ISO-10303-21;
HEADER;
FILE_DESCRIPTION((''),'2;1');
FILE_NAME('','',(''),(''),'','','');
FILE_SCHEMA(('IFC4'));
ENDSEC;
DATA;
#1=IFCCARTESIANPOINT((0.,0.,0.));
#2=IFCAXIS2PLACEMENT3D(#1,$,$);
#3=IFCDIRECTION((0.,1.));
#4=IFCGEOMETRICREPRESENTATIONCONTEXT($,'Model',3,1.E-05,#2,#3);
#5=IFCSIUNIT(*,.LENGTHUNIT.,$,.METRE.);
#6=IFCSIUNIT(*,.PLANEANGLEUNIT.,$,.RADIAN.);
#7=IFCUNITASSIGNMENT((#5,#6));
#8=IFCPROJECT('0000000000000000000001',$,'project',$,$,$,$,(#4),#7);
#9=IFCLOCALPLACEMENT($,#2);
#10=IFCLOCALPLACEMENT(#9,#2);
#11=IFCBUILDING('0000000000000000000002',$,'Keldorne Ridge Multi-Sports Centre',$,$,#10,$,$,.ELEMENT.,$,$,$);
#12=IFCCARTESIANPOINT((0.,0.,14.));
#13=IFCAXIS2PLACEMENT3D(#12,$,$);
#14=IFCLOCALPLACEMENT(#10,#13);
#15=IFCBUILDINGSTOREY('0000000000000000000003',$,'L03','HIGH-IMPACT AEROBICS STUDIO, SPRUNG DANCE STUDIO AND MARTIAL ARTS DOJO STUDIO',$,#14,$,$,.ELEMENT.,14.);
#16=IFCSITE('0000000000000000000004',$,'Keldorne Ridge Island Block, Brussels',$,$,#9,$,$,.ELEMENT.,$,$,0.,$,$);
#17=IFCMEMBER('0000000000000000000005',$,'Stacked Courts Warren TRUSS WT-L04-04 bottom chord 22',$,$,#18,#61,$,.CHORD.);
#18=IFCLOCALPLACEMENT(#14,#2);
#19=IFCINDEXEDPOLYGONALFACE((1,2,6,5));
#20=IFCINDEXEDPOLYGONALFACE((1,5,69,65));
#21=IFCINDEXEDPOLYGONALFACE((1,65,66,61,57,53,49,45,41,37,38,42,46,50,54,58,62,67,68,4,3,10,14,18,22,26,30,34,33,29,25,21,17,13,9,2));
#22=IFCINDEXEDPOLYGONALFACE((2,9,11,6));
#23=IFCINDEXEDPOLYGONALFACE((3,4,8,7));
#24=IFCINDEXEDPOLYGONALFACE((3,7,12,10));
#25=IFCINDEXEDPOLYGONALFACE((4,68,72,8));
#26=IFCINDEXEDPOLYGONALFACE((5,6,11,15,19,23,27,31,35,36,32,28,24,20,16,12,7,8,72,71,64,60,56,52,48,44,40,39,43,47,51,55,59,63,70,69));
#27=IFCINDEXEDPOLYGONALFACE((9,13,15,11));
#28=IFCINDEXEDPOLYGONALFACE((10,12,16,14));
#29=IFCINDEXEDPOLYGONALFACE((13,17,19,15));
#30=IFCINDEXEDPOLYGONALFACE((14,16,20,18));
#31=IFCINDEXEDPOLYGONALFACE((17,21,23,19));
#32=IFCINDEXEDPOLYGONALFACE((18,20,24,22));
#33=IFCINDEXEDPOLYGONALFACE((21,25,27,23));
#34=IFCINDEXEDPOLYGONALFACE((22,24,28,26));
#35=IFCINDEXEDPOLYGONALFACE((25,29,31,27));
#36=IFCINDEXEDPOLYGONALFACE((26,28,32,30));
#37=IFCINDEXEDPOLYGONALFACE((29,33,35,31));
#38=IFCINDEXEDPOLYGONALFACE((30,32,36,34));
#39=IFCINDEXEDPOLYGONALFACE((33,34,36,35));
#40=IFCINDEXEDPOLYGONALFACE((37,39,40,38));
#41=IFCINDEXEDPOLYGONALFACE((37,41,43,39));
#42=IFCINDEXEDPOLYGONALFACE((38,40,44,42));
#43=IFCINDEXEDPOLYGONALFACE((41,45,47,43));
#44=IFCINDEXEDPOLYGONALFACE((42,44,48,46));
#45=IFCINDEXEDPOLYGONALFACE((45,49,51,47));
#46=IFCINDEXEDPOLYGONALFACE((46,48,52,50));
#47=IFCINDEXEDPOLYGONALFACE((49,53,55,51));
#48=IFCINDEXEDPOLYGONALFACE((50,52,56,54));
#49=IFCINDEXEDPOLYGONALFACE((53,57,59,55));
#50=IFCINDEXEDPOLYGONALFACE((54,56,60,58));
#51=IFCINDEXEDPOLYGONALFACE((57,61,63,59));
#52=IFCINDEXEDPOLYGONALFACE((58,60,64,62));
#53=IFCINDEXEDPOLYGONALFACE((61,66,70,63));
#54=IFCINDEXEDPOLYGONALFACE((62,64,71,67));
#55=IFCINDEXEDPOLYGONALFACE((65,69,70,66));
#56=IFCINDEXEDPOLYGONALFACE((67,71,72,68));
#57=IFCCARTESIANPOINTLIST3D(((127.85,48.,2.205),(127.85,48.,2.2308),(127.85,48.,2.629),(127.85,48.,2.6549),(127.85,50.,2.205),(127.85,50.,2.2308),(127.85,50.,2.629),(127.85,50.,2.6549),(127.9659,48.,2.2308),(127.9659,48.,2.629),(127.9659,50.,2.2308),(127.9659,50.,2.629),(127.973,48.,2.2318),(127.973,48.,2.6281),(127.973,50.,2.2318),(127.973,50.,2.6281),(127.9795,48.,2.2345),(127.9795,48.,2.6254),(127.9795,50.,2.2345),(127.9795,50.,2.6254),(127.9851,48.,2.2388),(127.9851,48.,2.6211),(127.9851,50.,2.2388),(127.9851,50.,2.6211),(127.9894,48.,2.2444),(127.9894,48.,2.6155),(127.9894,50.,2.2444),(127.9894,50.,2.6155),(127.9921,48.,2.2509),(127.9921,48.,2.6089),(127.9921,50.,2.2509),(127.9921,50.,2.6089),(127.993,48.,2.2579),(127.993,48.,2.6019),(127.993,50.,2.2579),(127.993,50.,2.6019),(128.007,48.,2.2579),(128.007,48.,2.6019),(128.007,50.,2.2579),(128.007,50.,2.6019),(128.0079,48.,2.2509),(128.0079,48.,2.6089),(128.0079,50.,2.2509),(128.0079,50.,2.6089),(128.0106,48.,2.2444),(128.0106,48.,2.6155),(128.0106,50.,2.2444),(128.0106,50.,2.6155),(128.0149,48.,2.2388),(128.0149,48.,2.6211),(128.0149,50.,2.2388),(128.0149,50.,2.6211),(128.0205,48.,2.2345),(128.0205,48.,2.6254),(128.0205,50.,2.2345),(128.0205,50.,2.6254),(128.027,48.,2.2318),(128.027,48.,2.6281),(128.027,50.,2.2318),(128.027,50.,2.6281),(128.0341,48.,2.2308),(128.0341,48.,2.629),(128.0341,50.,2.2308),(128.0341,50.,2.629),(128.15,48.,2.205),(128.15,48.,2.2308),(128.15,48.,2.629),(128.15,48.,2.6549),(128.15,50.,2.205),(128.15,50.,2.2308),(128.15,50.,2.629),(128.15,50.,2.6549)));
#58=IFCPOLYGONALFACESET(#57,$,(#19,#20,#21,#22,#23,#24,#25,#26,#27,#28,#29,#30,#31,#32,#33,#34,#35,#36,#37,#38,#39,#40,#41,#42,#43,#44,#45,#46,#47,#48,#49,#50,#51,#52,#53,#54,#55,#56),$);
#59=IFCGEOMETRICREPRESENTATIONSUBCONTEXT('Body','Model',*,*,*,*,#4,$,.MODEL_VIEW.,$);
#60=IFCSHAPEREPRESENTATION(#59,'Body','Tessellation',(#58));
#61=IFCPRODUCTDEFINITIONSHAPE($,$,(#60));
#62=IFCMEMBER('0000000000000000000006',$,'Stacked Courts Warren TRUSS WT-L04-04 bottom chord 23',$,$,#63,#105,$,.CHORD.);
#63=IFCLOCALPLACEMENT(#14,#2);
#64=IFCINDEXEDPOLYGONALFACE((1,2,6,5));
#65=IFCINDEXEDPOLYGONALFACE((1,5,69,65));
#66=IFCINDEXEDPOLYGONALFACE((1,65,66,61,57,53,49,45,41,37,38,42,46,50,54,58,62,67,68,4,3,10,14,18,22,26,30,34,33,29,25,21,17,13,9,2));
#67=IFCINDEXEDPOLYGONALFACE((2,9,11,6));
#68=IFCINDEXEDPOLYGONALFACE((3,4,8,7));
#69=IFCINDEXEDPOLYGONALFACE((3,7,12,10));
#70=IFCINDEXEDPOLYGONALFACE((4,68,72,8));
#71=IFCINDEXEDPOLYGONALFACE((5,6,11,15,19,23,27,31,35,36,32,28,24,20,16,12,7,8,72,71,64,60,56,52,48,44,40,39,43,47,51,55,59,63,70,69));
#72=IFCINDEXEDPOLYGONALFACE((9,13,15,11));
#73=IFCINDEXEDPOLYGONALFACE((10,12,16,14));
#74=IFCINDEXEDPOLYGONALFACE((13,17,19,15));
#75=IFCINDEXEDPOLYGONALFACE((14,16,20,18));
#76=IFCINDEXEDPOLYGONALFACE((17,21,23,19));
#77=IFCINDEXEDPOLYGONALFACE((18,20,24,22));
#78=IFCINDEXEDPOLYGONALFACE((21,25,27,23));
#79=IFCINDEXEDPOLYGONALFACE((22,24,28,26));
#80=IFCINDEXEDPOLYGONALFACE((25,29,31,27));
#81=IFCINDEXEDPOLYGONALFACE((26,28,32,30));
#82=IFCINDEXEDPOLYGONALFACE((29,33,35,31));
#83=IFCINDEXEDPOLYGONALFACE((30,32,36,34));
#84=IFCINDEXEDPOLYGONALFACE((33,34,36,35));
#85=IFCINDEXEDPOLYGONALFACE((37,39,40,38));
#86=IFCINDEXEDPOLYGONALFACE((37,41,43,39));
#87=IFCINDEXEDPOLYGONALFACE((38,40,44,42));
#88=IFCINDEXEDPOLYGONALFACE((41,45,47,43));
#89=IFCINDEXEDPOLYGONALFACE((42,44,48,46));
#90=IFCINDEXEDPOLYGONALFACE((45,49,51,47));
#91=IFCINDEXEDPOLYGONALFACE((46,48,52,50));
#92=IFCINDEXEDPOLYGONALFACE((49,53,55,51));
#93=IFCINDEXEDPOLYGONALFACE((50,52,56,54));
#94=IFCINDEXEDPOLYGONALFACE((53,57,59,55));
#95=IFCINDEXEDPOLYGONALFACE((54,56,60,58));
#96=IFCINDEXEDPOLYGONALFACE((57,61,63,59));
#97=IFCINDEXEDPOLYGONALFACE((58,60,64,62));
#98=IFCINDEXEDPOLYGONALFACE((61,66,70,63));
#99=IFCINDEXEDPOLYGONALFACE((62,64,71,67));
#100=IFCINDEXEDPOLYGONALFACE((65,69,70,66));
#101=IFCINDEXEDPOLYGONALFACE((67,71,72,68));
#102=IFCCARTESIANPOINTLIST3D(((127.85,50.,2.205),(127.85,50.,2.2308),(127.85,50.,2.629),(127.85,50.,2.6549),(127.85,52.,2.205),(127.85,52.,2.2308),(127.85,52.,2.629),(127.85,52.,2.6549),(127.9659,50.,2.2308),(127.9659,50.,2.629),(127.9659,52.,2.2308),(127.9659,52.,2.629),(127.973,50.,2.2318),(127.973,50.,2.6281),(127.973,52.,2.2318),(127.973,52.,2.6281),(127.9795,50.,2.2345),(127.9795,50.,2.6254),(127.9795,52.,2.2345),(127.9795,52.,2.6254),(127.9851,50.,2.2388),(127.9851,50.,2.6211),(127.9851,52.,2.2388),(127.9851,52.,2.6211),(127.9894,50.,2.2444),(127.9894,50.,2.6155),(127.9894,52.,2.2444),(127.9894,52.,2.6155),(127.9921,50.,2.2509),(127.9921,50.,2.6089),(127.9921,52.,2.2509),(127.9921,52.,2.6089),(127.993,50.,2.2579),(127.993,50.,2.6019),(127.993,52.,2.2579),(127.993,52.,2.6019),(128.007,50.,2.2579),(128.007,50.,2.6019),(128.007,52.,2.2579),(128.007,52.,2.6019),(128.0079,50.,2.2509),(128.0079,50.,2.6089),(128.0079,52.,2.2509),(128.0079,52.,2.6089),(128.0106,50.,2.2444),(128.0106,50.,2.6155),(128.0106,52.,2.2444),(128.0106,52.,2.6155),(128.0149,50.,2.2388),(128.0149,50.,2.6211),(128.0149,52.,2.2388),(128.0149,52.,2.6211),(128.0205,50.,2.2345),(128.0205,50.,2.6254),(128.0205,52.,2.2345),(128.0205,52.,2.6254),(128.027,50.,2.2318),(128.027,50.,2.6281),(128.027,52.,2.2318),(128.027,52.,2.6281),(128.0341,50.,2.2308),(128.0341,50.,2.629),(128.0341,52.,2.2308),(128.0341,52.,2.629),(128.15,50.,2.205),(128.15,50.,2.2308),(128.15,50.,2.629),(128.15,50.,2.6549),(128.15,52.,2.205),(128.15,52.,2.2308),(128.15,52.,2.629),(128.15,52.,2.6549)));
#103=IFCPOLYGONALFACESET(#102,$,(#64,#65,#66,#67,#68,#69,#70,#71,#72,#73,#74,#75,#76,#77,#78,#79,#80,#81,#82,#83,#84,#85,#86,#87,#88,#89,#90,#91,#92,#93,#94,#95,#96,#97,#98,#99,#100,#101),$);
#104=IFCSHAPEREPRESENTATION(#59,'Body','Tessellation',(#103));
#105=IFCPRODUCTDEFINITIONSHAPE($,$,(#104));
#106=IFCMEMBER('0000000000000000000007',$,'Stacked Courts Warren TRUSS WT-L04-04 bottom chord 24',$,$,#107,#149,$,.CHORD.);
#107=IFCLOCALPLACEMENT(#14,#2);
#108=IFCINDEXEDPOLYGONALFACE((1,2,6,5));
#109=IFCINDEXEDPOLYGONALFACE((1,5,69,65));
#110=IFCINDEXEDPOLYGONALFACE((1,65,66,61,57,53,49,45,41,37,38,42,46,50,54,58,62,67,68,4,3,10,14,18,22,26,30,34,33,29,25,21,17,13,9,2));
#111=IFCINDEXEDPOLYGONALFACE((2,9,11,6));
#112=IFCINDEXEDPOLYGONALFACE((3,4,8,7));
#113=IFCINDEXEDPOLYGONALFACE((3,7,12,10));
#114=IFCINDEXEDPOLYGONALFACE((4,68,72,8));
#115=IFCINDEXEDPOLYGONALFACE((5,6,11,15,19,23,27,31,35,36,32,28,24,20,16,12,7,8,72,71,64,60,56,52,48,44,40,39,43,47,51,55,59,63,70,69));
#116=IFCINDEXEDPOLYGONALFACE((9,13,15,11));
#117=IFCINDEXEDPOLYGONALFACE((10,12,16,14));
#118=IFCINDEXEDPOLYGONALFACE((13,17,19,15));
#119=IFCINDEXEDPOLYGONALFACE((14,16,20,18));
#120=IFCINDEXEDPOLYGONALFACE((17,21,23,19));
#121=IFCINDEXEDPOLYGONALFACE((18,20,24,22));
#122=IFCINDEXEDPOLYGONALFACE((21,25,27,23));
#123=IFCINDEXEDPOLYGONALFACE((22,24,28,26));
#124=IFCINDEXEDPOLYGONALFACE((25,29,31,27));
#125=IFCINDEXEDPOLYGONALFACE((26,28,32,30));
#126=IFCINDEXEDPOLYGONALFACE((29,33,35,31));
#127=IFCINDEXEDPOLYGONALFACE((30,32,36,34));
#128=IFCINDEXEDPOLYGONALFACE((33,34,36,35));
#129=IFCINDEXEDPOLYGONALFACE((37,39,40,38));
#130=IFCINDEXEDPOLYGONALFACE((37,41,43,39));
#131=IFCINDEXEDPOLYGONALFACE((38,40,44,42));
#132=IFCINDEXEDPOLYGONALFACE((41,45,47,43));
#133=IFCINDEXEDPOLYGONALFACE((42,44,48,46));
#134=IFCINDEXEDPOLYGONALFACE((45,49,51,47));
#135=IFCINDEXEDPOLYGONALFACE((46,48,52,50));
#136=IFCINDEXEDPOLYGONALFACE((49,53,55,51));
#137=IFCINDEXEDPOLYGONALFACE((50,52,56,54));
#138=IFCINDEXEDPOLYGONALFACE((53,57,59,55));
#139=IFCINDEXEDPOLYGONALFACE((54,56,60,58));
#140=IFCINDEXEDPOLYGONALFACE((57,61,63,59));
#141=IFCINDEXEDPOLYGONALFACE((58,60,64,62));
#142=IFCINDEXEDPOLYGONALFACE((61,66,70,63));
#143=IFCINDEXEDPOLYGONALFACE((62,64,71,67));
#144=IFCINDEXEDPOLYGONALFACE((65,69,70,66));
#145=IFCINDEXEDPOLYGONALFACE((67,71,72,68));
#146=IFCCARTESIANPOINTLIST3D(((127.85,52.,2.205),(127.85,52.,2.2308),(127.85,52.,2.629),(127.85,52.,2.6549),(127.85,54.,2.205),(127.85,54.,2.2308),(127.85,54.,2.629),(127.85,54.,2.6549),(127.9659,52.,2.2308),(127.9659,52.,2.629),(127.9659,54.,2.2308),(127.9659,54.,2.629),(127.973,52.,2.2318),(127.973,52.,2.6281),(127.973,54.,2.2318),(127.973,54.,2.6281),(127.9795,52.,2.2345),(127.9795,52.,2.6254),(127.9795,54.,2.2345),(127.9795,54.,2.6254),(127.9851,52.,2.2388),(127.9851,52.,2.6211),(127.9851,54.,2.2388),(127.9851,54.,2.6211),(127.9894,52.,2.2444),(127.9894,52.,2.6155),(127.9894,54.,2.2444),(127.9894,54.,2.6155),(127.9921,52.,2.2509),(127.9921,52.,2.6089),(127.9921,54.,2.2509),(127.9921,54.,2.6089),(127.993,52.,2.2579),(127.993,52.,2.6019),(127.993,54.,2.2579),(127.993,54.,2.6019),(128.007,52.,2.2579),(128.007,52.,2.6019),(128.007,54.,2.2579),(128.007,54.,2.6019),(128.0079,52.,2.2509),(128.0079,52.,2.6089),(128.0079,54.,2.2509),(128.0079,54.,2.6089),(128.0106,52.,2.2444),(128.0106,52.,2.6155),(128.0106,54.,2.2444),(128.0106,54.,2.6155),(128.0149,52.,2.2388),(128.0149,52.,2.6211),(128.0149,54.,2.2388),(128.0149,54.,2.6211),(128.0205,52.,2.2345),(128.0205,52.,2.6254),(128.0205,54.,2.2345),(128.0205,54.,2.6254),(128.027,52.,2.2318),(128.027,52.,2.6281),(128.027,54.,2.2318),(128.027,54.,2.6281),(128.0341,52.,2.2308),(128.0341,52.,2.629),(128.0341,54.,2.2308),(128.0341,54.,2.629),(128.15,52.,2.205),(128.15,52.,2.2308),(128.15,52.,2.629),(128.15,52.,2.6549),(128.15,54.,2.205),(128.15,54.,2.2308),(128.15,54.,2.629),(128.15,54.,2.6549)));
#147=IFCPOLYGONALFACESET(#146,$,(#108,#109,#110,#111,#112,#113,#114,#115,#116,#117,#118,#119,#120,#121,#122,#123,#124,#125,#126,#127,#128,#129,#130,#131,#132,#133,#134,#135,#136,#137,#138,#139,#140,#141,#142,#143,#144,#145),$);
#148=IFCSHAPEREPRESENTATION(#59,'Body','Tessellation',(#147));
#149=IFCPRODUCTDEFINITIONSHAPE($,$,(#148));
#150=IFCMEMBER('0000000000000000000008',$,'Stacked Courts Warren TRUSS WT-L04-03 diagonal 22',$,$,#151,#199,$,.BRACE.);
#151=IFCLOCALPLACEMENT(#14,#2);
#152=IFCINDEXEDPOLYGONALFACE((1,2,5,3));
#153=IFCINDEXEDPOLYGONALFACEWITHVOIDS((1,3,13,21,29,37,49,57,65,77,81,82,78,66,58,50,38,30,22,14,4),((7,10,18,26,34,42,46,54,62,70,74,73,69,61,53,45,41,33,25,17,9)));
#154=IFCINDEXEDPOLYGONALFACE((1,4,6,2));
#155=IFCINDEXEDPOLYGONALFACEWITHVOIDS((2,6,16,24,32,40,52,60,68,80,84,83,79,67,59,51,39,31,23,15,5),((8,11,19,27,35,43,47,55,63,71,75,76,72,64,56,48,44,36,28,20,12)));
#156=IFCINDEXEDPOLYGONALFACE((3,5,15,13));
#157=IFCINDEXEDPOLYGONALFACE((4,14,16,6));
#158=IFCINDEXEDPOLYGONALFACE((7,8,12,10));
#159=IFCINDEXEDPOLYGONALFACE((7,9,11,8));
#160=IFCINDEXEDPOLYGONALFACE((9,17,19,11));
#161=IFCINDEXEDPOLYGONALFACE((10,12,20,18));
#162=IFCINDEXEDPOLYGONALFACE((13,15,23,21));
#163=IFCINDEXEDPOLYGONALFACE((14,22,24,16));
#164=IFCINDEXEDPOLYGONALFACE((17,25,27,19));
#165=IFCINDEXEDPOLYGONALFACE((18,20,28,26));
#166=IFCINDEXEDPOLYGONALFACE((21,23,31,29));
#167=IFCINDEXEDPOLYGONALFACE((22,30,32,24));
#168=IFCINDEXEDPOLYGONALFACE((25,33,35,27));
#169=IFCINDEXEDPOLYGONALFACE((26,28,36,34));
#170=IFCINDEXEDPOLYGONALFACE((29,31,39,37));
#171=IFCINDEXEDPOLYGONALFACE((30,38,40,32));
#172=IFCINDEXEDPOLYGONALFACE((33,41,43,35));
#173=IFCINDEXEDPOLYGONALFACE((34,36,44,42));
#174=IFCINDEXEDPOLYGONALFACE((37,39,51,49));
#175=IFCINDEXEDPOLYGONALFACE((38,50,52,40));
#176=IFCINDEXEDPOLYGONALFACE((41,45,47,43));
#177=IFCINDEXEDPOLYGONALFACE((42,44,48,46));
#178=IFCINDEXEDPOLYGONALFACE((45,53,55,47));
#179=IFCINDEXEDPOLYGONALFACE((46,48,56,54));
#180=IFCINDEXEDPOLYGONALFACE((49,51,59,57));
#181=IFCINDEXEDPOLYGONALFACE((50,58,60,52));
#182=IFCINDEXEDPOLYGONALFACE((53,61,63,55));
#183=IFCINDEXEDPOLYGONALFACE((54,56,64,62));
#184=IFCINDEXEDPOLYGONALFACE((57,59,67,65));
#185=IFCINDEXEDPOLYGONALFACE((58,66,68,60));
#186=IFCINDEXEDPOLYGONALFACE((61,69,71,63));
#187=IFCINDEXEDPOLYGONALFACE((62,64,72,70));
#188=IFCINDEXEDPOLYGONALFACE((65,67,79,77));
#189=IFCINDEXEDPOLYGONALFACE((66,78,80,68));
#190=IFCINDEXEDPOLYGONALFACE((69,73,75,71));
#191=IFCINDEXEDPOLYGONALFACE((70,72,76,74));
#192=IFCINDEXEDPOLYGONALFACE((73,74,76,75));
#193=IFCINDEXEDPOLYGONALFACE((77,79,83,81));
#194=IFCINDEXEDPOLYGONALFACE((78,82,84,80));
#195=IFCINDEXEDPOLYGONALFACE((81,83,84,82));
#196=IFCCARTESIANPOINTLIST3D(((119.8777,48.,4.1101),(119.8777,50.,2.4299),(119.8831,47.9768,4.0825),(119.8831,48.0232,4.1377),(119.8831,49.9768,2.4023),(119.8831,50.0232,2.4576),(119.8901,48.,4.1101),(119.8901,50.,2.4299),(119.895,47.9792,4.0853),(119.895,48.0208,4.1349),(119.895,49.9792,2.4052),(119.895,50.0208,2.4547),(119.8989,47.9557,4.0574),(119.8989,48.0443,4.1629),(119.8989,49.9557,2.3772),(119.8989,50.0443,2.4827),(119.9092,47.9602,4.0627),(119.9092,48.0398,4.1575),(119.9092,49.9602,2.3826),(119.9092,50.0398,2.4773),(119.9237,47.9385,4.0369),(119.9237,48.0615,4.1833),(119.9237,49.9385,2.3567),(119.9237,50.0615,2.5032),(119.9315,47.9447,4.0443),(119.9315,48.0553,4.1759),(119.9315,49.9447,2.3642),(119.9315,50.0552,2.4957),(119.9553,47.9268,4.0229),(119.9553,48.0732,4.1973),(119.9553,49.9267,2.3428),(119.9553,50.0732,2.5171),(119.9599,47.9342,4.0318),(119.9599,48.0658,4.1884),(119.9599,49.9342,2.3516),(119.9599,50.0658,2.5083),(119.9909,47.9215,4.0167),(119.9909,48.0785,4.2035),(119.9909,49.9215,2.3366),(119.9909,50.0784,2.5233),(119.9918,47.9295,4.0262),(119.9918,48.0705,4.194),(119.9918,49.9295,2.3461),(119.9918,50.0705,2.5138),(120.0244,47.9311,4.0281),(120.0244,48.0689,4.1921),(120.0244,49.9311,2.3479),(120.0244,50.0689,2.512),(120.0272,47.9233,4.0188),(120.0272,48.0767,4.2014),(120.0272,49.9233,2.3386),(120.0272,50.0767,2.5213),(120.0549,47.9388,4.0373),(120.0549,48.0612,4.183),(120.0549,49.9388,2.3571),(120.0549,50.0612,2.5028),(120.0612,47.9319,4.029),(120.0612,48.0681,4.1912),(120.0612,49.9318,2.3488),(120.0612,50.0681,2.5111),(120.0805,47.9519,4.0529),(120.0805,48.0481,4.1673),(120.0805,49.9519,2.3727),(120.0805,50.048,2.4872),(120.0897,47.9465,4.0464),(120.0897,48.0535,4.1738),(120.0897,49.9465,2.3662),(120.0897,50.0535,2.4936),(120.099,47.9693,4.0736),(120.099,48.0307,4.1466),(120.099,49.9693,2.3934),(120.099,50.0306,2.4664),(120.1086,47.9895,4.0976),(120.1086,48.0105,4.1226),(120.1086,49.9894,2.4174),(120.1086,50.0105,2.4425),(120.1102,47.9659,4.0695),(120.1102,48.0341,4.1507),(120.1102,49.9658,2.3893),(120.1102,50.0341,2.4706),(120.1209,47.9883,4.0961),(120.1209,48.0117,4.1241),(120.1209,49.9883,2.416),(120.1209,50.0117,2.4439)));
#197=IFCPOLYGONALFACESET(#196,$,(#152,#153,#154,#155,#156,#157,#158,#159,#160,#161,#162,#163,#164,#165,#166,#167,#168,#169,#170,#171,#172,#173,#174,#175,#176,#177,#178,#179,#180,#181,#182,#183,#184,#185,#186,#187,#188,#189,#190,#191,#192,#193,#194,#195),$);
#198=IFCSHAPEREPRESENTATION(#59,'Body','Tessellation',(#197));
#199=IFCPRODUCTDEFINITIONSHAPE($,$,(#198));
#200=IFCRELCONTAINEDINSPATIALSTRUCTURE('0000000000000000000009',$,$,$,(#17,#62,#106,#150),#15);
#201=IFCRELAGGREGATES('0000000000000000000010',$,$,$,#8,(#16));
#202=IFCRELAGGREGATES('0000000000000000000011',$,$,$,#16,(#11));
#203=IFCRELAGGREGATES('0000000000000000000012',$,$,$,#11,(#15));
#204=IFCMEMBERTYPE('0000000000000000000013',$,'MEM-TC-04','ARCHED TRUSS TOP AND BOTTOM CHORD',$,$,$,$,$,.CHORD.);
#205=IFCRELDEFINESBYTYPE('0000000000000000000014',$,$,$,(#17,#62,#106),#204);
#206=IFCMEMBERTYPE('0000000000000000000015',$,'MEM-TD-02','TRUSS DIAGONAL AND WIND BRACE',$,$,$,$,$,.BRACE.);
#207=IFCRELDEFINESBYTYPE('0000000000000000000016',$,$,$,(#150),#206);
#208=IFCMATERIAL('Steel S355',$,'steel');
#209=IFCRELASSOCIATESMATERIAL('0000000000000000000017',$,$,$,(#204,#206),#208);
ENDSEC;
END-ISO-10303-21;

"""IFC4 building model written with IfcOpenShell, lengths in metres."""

from ifc_helpers import new_model, si_unit, direction, frame, origin, origin_2d, place, context, subcontext, project, spatial, hollow_circle, i_section, extrude, material, material_profile, profile_set, type_object, element, save


model = new_model("IFC4")

# Units and contexts
model_context = context("Model", 3, precision=1e-05, world=origin(), true_north=direction((0.0, 1.0)))
body_context = subcontext(model_context, "Body", "Model", "MODEL_VIEW")
ifc_project = project(units=[si_unit("LENGTHUNIT", "METRE"), si_unit("PLANEANGLEUNIT", "RADIAN")], contexts=[model_context])

# Site, building, storey
site_placement = place(None, origin())
site = spatial("IfcSite", under=ifc_project, at=site_placement, Name="Keldorne Ridge Island Block, Brussels", CompositionType="ELEMENT", RefElevation=0.0)
building_placement = place(site_placement, origin())
building = spatial("IfcBuilding", under=site, at=building_placement, Name="Keldorne Ridge Multi-Sports Centre", CompositionType="ELEMENT")
storey_placement = place(building_placement, frame((0.0, 0.0, 14.0)))
storey = spatial("IfcBuildingStorey", under=building, at=storey_placement, Name="L03", Description="HIGH-IMPACT AEROBICS STUDIO, SPRUNG DANCE STUDIO AND MARTIAL ARTS DOJO STUDIO", CompositionType="ELEMENT", Elevation=14.0)

# Shared definitions
ifc_material_1 = material(Name="Steel S355", Category="steel")

# Members
ifc_material_profile_1 = material_profile(ifc_material_1, i_section(OverallWidth=0.3, OverallDepth=0.45, WebThickness=0.0139, FlangeThickness=0.0259, FilletRadius=0.0271, at=origin_2d()), Name="HEB 450")
ifc_profile_set_1 = profile_set([ifc_material_profile_1], Name="Steel S355")
member_type_1 = type_object("IfcMemberType", Name="MEM-TC-04", Description="ARCHED TRUSS TOP AND BOTTOM CHORD", PredefinedType="CHORD", material=ifc_profile_set_1)
for number, where, z_axis, x_axis, name in (
    (1, (128.0, 48.0, 2.4299), (0.0, 1.0, 0.0), (-1.0, 0.0, 0.0), "Stacked Courts Warren TRUSS WT-L04-04 bottom chord 22"),
    (2, (128.0, 50.0, 2.4299), (0.0, 1.0, 0.0), (-1.0, 0.0, 0.0), "Stacked Courts Warren TRUSS WT-L04-04 bottom chord 23"),
    (3, (128.0, 52.0, 2.4299), (0.0, 1.0, 0.0), (-1.0, 0.0, 0.0), "Stacked Courts Warren TRUSS WT-L04-04 bottom chord 24"),
):
    element("IfcMember", number, at=place(storey_placement, frame(where, z_axis=z_axis, x_axis=x_axis)), inside=storey, type_object=member_type_1, Name=name, PredefinedType="CHORD", context=body_context, shape_type="SweptSolid", body=[
        extrude(i_section(OverallWidth=0.3, OverallDepth=0.45, WebThickness=0.0139, FlangeThickness=0.0259, FilletRadius=0.0271, at=origin_2d()), origin(), (0.0, 0.0, 1.0), 2.0),
    ])
ifc_material_profile_2 = material_profile(ifc_material_1, hollow_circle(Radius=0.1223, WallThickness=0.0125, at=origin_2d()), Name="CHS 244.5x12.5")
ifc_profile_set_2 = profile_set([ifc_material_profile_2], Name="Steel S355")
member_type_2 = type_object("IfcMemberType", Name="MEM-TD-02", Description="TRUSS DIAGONAL AND WIND BRACE", PredefinedType="BRACE", material=ifc_profile_set_2)
for number, where, z_axis, x_axis, name in (
    (4, (120.0, 48.0, 4.1101), (0.0, 0.765672, -0.643232), (-1.0, 0.0, 0.0), "Stacked Courts Warren TRUSS WT-L04-03 diagonal 22"),
):
    element("IfcMember", number, at=place(storey_placement, frame(where, z_axis=z_axis, x_axis=x_axis)), inside=storey, type_object=member_type_2, Name=name, PredefinedType="BRACE", context=body_context, shape_type="SweptSolid", body=[
        extrude(hollow_circle(Radius=0.1223, WallThickness=0.0125, at=origin_2d()), origin(), (0.0, 0.0, 1.0), 2.6121),
    ])

save(model, "model.ifc")
